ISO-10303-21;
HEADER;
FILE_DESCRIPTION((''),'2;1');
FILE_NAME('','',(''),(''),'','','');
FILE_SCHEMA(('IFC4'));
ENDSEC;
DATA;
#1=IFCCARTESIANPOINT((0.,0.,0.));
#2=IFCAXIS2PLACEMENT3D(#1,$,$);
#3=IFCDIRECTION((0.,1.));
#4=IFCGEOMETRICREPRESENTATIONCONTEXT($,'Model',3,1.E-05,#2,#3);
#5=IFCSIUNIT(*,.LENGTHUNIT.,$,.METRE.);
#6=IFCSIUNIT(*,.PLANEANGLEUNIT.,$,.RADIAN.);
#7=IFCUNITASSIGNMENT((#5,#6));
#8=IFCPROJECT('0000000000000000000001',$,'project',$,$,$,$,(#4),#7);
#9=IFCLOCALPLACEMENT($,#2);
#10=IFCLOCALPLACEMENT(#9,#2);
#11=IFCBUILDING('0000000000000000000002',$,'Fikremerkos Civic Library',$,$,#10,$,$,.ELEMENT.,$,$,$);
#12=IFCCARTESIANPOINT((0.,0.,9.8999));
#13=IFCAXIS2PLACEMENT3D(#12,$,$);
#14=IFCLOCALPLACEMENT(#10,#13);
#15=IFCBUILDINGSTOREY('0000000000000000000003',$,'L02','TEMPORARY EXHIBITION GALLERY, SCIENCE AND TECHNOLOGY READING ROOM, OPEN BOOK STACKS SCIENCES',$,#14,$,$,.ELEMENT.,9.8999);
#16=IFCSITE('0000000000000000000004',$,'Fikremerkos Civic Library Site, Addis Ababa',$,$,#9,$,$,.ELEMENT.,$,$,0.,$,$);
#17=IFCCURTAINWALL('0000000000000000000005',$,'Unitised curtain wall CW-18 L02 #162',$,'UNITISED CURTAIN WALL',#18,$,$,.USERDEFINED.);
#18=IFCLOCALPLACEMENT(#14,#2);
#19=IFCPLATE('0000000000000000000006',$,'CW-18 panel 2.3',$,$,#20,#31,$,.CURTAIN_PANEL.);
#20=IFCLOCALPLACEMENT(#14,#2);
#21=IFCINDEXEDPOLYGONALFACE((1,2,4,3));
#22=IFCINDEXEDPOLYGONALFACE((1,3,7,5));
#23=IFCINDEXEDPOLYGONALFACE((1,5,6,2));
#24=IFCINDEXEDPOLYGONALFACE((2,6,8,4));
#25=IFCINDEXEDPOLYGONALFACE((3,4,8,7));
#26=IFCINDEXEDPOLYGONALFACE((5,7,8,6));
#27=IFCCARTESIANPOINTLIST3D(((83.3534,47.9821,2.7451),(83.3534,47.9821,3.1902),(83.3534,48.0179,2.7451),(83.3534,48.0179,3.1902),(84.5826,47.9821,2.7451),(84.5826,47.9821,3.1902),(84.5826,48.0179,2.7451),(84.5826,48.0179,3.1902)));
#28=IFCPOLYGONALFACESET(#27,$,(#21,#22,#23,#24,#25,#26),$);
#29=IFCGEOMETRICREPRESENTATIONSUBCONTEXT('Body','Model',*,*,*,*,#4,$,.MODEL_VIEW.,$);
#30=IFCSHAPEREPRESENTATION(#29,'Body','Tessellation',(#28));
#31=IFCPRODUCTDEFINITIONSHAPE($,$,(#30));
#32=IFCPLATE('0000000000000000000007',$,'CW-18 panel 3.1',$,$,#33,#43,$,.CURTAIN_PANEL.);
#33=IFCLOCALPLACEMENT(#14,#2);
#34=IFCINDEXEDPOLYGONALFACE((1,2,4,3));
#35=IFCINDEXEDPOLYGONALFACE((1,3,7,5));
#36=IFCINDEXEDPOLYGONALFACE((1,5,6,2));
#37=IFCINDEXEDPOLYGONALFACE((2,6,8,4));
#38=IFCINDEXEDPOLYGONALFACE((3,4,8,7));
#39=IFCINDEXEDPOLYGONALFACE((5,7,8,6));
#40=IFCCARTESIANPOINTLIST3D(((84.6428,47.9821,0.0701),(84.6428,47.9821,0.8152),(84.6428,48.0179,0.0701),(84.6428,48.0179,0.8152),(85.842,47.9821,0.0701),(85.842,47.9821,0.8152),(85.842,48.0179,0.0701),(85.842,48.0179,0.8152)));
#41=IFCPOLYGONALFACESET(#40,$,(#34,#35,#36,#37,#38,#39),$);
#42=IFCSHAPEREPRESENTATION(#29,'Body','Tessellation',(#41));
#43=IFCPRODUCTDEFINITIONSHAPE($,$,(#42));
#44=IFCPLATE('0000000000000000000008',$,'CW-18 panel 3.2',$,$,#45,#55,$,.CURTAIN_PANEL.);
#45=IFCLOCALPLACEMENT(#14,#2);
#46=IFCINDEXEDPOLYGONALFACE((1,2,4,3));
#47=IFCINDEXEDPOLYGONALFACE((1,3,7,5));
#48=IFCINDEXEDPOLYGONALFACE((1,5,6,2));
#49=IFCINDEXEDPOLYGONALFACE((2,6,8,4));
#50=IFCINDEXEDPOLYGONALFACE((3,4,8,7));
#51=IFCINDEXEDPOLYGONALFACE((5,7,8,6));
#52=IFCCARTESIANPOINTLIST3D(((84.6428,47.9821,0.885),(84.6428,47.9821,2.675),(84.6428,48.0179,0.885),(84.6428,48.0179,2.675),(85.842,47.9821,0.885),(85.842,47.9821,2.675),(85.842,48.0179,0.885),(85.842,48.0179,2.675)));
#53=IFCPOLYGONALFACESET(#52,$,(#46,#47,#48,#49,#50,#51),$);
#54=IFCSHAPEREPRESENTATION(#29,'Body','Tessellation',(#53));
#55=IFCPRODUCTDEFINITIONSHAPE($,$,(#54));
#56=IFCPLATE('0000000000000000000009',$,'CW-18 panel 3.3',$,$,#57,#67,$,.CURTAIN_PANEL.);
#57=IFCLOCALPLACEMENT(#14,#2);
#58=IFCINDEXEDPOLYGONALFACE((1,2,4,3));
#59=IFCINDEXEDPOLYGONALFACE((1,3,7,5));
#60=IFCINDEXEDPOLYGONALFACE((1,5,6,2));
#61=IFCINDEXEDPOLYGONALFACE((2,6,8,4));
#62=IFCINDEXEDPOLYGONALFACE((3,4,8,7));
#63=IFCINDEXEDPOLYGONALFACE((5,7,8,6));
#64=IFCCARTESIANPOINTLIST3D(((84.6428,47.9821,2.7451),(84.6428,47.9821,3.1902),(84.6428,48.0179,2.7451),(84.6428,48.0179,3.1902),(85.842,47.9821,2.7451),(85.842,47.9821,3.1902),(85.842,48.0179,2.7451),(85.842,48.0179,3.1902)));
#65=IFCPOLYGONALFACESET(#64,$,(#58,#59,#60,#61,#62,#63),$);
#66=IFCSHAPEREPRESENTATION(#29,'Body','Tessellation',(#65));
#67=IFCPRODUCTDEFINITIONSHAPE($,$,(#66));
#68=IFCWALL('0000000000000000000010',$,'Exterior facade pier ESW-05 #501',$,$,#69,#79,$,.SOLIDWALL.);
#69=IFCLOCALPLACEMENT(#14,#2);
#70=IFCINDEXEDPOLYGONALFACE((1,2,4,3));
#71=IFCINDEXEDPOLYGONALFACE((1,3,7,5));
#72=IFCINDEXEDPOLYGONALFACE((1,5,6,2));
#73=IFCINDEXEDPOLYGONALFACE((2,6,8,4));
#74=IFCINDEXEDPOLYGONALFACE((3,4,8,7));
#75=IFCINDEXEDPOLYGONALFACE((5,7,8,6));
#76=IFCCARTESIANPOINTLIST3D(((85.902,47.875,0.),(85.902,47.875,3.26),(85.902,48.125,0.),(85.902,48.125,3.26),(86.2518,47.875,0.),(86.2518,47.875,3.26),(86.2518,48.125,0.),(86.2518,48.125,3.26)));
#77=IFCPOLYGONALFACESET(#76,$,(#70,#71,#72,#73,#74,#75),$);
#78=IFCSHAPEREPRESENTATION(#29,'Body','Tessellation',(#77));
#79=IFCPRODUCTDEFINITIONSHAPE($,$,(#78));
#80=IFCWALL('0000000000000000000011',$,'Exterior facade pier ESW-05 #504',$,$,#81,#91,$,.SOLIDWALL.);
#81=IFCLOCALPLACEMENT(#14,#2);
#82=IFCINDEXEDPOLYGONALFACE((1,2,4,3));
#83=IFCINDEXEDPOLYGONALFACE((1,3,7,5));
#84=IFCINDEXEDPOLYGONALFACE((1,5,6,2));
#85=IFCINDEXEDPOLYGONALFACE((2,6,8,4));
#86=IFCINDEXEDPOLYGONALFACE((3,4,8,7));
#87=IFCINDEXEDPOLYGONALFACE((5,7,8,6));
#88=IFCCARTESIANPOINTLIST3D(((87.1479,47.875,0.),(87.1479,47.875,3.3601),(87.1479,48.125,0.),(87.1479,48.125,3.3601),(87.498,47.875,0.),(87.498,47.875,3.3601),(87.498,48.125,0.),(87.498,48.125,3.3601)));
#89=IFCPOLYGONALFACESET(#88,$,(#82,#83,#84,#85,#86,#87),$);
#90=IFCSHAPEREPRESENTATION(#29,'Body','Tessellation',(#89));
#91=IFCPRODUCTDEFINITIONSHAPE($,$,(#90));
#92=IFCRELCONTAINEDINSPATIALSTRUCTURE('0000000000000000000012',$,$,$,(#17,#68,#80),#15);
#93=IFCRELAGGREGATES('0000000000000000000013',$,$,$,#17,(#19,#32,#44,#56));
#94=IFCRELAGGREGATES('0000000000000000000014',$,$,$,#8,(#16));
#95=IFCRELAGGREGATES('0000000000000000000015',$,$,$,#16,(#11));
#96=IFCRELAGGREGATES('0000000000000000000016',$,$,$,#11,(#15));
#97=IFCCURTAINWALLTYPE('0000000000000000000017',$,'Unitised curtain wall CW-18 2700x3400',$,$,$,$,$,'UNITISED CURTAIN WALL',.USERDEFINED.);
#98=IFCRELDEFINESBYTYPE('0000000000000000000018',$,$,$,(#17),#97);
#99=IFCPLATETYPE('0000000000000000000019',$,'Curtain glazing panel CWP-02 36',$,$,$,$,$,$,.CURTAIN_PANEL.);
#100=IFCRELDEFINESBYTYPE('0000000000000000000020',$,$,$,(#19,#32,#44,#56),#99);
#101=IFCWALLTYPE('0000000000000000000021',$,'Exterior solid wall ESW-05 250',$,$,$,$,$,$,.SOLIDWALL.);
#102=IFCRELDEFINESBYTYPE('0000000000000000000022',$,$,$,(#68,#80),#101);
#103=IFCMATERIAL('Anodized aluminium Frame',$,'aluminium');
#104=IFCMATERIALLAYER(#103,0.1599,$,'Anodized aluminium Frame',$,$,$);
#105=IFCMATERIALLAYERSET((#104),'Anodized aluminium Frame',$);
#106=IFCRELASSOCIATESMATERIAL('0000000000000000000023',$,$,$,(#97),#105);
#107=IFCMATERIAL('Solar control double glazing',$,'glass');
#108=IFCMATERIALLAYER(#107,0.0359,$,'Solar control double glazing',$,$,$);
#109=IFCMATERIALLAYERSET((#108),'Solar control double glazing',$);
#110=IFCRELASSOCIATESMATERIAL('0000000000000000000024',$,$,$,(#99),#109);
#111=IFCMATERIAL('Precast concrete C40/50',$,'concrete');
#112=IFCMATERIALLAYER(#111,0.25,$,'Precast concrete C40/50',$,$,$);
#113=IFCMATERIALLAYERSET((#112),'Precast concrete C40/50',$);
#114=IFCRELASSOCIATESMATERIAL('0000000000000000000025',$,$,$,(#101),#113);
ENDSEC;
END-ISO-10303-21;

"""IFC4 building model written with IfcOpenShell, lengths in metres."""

from ifc_helpers import new_model, si_unit, direction, frame, frame_2d, origin, origin_2d, place, context, subcontext, project, spatial, rectangle, extrude, material, layer, layer_set, type_object, element, aggregate, save


model = new_model("IFC4")

# Units and contexts
model_context = context("Model", 3, precision=1e-05, world=origin(), true_north=direction((0.0, 1.0)))
body_context = subcontext(model_context, "Body", "Model", "MODEL_VIEW")
ifc_project = project(units=[si_unit("LENGTHUNIT", "METRE"), si_unit("PLANEANGLEUNIT", "RADIAN")], contexts=[model_context])

# Site, building, storey
site_placement = place(None, origin())
site = spatial("IfcSite", under=ifc_project, at=site_placement, Name="Fikremerkos Civic Library Site, Addis Ababa", CompositionType="ELEMENT", RefElevation=0.0)
building_placement = place(site_placement, origin())
building = spatial("IfcBuilding", under=site, at=building_placement, Name="Fikremerkos Civic Library", CompositionType="ELEMENT")
storey_placement = place(building_placement, frame((0.0, 0.0, 9.8999)))
storey = spatial("IfcBuildingStorey", under=building, at=storey_placement, Name="L02", Description="TEMPORARY EXHIBITION GALLERY, SCIENCE AND TECHNOLOGY READING ROOM, OPEN BOOK STACKS SCIENCES", CompositionType="ELEMENT", Elevation=9.8999)

# Curtain wall
ifc_material_1 = material(Name="Anodized aluminium Frame", Category="aluminium")
ifc_layer_1 = layer(ifc_material_1, 0.1599, Name="Anodized aluminium Frame")
ifc_layer_set_1 = layer_set([ifc_layer_1], Name="Anodized aluminium Frame")
curtain_wall_type = type_object("IfcCurtainWallType", Name="Unitised curtain wall CW-18 2700x3400", ElementType="UNITISED CURTAIN WALL", PredefinedType="USERDEFINED", material=ifc_layer_set_1)
curtain_wall_placement = place(storey_placement, origin())
curtain_wall = element("IfcCurtainWall", 1, at=curtain_wall_placement, inside=storey, type_object=curtain_wall_type, Name="Unitised curtain wall CW-18 L02 #162", ObjectType="UNITISED CURTAIN WALL", PredefinedType="USERDEFINED")

# Plates
ifc_material_2 = material(Name="Solar control double glazing", Category="glass")
ifc_layer_2 = layer(ifc_material_2, 0.0359, Name="Solar control double glazing")
ifc_layer_set_2 = layer_set([ifc_layer_2], Name="Solar control double glazing")
plate_type = type_object("IfcPlateType", Name="Curtain glazing panel CWP-02 36", PredefinedType="CURTAIN_PANEL", material=ifc_layer_set_2)
plate_1_placement = place(storey_placement, frame((83.968, 48.0, 2.7451), z_axis=(0.0, 0.0, 1.0), x_axis=(1.0, 0.0, 0.0)))
plate_1 = element("IfcPlate", 2, at=plate_1_placement, type_object=plate_type, Name="CW-18 panel 2.3", PredefinedType="CURTAIN_PANEL", context=body_context, shape_type="SweptSolid", body=[
    extrude(rectangle(XDim=1.2292, YDim=0.0359, at=origin_2d()), origin(), (0.0, 0.0, 1.0), 0.4451),
])
plate_2_placement = place(storey_placement, frame((85.2424, 48.0, 0.0701), z_axis=(0.0, 0.0, 1.0), x_axis=(1.0, 0.0, 0.0)))
plate_2 = element("IfcPlate", 3, at=plate_2_placement, type_object=plate_type, Name="CW-18 panel 3.1", PredefinedType="CURTAIN_PANEL", context=body_context, shape_type="SweptSolid", body=[
    extrude(rectangle(XDim=1.1992, YDim=0.0359, at=origin_2d()), origin(), (0.0, 0.0, 1.0), 0.7451),
])
plate_3_placement = place(storey_placement, frame((85.2424, 48.0, 0.885), z_axis=(0.0, 0.0, 1.0), x_axis=(1.0, 0.0, 0.0)))
plate_3 = element("IfcPlate", 4, at=plate_3_placement, type_object=plate_type, Name="CW-18 panel 3.2", PredefinedType="CURTAIN_PANEL", context=body_context, shape_type="SweptSolid", body=[
    extrude(rectangle(XDim=1.1992, YDim=0.0359, at=origin_2d()), origin(), (0.0, 0.0, 1.0), 1.79),
])
plate_4_placement = place(storey_placement, frame((85.2424, 48.0, 2.7451), z_axis=(0.0, 0.0, 1.0), x_axis=(1.0, 0.0, 0.0)))
plate_4 = element("IfcPlate", 5, at=plate_4_placement, type_object=plate_type, Name="CW-18 panel 3.3", PredefinedType="CURTAIN_PANEL", context=body_context, shape_type="SweptSolid", body=[
    extrude(rectangle(XDim=1.1992, YDim=0.0359, at=origin_2d()), origin(), (0.0, 0.0, 1.0), 0.4451),
])
aggregate(curtain_wall, [plate_1, plate_2, plate_3, plate_4])

# Walls
ifc_material_3 = material(Name="Precast concrete C40/50", Category="concrete")
ifc_layer_3 = layer(ifc_material_3, 0.25, Name="Precast concrete C40/50")
ifc_layer_set_3 = layer_set([ifc_layer_3], Name="Precast concrete C40/50")
wall_type = type_object("IfcWallType", Name="Exterior solid wall ESW-05 250", PredefinedType="SOLIDWALL", material=ifc_layer_set_3)
wall_1_placement = place(storey_placement, frame((85.9021, 48.0, 0.0), z_axis=(0.0, 0.0, 1.0), x_axis=(1.0, 0.0, 0.0)))
element("IfcWall", 6, at=wall_1_placement, inside=storey, type_object=wall_type, Name="Exterior facade pier ESW-05 #501", PredefinedType="SOLIDWALL", context=body_context, shape_type="SweptSolid", body=[
    extrude(rectangle(XDim=0.3499, YDim=0.25, at=frame_2d((0.1748, 0.0))), origin(), (0.0, 0.0, 1.0), 3.26),
])
wall_2_placement = place(storey_placement, frame((87.1479, 48.0, 0.0), z_axis=(0.0, 0.0, 1.0), x_axis=(1.0, 0.0, 0.0)))
element("IfcWall", 7, at=wall_2_placement, inside=storey, type_object=wall_type, Name="Exterior facade pier ESW-05 #504", PredefinedType="SOLIDWALL", context=body_context, shape_type="SweptSolid", body=[
    extrude(rectangle(XDim=0.3501, YDim=0.25, at=frame_2d((0.175, 0.0))), origin(), (0.0, 0.0, 1.0), 3.3601),
])

save(model, "model.ifc")
